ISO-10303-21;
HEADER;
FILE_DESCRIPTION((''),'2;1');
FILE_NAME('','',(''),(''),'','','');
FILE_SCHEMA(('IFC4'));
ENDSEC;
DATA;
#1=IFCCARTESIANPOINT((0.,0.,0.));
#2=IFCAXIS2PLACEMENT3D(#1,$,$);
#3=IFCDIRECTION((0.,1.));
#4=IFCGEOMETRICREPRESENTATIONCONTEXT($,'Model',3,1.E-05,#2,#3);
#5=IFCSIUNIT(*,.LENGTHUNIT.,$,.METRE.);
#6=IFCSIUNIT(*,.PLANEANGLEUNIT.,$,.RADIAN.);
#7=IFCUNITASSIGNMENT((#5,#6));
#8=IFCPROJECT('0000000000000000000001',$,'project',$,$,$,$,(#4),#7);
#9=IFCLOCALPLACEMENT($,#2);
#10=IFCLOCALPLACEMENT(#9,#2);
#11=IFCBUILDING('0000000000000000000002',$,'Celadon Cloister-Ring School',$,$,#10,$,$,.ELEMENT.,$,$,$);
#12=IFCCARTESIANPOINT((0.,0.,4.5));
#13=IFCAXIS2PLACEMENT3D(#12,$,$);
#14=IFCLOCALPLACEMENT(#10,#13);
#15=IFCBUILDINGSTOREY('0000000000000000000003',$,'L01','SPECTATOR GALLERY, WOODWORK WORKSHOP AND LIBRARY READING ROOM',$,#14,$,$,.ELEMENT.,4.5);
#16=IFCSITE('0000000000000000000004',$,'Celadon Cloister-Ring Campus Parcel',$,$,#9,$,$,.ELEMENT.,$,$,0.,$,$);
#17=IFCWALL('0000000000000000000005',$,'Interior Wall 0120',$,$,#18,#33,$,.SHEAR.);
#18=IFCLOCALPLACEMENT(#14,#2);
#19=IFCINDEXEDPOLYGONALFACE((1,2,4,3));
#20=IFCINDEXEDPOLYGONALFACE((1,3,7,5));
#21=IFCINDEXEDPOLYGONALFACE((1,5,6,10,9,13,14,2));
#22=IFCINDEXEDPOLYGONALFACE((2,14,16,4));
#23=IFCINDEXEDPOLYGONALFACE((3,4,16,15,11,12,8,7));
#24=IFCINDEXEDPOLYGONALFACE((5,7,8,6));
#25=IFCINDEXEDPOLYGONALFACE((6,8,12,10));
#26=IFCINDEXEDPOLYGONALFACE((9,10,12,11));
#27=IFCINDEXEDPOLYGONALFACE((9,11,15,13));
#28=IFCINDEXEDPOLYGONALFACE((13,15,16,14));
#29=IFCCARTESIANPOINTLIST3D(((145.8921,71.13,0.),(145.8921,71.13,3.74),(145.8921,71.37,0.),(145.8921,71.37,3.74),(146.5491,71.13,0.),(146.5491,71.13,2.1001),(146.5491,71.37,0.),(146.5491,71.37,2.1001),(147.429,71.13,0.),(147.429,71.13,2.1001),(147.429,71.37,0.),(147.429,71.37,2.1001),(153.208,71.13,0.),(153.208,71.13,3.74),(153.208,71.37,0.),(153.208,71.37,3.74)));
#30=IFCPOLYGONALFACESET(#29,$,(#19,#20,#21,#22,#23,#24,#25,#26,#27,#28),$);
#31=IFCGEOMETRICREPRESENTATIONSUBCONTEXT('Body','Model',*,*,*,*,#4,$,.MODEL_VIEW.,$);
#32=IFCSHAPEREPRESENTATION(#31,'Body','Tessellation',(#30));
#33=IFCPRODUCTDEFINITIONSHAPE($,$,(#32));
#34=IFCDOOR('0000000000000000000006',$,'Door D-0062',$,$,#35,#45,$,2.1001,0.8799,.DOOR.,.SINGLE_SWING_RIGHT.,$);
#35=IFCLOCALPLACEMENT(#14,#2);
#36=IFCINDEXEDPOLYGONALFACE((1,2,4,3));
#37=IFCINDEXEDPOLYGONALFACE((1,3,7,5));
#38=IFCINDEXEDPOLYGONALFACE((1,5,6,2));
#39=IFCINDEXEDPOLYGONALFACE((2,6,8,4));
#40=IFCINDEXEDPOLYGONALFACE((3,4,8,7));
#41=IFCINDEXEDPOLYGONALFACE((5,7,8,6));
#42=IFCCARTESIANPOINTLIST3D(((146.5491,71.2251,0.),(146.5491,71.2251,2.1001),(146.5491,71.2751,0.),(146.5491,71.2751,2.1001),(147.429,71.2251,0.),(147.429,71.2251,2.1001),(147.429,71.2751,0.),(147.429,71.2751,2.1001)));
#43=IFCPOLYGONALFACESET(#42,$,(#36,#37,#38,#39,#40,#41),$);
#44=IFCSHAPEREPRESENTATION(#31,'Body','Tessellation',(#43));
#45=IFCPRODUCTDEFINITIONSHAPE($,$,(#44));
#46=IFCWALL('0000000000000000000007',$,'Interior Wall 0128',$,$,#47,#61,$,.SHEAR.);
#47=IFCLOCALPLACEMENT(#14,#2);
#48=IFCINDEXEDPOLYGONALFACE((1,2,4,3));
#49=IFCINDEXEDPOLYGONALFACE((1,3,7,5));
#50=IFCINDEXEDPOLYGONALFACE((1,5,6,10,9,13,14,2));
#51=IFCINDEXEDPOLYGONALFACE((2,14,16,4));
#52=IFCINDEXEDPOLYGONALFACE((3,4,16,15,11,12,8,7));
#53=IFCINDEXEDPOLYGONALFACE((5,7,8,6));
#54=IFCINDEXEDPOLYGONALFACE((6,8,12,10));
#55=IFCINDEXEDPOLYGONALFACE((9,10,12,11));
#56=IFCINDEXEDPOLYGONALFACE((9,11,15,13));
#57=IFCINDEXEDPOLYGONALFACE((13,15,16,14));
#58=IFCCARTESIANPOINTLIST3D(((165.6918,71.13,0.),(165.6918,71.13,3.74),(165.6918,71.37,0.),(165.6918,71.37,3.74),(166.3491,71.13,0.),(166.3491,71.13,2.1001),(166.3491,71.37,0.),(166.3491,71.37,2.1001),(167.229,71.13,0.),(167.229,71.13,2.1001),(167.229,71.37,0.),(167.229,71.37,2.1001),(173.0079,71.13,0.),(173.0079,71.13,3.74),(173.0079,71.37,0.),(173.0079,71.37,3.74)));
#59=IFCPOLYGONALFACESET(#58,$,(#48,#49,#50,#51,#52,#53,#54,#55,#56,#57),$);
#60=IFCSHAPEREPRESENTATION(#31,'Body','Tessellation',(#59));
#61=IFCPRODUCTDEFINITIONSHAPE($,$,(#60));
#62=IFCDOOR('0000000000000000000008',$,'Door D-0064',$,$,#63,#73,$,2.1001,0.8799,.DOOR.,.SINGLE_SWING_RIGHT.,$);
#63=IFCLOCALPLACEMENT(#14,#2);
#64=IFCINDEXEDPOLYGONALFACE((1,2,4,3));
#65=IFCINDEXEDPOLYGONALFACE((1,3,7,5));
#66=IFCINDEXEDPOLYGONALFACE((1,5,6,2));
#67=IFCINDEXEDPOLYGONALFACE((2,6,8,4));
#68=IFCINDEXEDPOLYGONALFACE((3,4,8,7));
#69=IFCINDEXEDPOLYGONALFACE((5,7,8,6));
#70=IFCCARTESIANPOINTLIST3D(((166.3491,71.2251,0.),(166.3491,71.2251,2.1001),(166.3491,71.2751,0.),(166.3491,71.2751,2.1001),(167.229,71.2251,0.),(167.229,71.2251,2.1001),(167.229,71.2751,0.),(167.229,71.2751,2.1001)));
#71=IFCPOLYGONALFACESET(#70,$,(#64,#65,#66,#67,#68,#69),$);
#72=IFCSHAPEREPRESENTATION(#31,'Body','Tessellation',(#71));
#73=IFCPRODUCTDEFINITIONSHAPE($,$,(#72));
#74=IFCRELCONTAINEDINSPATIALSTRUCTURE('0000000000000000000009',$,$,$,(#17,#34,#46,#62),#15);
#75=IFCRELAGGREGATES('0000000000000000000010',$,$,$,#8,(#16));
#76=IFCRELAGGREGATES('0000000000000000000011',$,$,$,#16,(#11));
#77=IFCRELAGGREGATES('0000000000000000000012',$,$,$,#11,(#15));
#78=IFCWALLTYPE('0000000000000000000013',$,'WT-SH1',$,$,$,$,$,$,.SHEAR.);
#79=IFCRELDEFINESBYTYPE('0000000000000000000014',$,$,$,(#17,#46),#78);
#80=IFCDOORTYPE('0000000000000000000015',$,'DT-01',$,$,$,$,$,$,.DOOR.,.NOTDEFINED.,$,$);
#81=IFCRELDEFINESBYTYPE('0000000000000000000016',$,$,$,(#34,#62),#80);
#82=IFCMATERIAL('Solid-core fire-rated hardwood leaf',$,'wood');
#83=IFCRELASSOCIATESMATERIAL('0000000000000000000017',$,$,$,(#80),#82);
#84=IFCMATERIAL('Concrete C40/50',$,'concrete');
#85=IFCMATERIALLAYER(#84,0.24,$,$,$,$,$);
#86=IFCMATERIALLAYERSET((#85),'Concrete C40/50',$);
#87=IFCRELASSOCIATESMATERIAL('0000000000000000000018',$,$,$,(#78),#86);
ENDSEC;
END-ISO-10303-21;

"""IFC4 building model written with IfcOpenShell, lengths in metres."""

from ifc_helpers import new_model, si_unit, direction, frame, frame_2d, origin, place, context, subcontext, project, spatial, rectangle, extrude, material, layer, layer_set, type_object, element, fill, save


model = new_model("IFC4")

# Units and contexts
model_context = context("Model", 3, precision=1e-05, world=origin(), true_north=direction((0.0, 1.0)))
body_context = subcontext(model_context, "Body", "Model", "MODEL_VIEW")
ifc_project = project(units=[si_unit("LENGTHUNIT", "METRE"), si_unit("PLANEANGLEUNIT", "RADIAN")], contexts=[model_context])

# Site, building, storey
site_placement = place(None, origin())
site = spatial("IfcSite", under=ifc_project, at=site_placement, Name="Celadon Cloister-Ring Campus Parcel", CompositionType="ELEMENT", RefElevation=0.0)
building_placement = place(site_placement, origin())
building = spatial("IfcBuilding", under=site, at=building_placement, Name="Celadon Cloister-Ring School", CompositionType="ELEMENT")
storey_placement = place(building_placement, frame((0.0, 0.0, 4.5)))
storey = spatial("IfcBuildingStorey", under=building, at=storey_placement, Name="L01", Description="SPECTATOR GALLERY, WOODWORK WORKSHOP AND LIBRARY READING ROOM", CompositionType="ELEMENT", Elevation=4.5)

# Shared definitions
ifc_material_1 = material(Name="Solid-core fire-rated hardwood leaf", Category="wood")
door_type_1 = type_object("IfcDoorType", Name="DT-01", OperationType="NOTDEFINED", PredefinedType="DOOR", material=ifc_material_1)

# Walls, openings, doors
ifc_material_2 = material(Name="Concrete C40/50", Category="concrete")
ifc_layer_1 = layer(ifc_material_2, 0.24)
ifc_layer_set_1 = layer_set([ifc_layer_1], Name="Concrete C40/50")
wall_type_1 = type_object("IfcWallType", Name="WT-SH1", PredefinedType="SHEAR", material=ifc_layer_set_1)
wall_1_placement = place(storey_placement, frame((153.208, 71.25, 0.0), z_axis=(0.0, 0.0, 1.0), x_axis=(-1.0, 0.0, 0.0)))
wall_1 = element("IfcWall", 1, at=wall_1_placement, inside=storey, type_object=wall_type_1, Name="Interior Wall 0120", PredefinedType="SHEAR", context=body_context, shape_type="SweptSolid", body=[
    extrude(rectangle(XDim=7.3159, YDim=0.24, at=frame_2d((3.658, 0.0))), origin(), (0.0, 0.0, 1.0), 3.74),
])
opening_1_placement = place(wall_1_placement, frame((5.7791, 0.0, 0.0)))
opening_1 = element("IfcOpeningElement", 2, at=opening_1_placement, cuts=wall_1, PredefinedType="OPENING", context=body_context, shape_type="SweptSolid", body=[
    extrude(rectangle(XDim=0.8799, YDim=2.1001, at=frame_2d((0.4399, 1.05))), frame((0.0, 0.1299, 0.0), z_axis=(0.0, -1.0, 0.0), x_axis=(1.0, 0.0, 0.0)), (0.0, 0.0, 1.0), 0.26),
])
door_1_placement = place(opening_1_placement, origin())
door_1 = element("IfcDoor", 3, at=door_1_placement, inside=storey, type_object=door_type_1, Name="Door D-0062", OperationType="SINGLE_SWING_RIGHT", OverallHeight=2.1001, OverallWidth=0.8799, PredefinedType="DOOR", context=body_context, shape_type="SweptSolid", body=[
    extrude(rectangle(XDim=0.8799, YDim=2.1001, at=frame_2d((0.4399, 1.05))), frame((0.0, 0.0249, 0.0), z_axis=(0.0, -1.0, 0.0), x_axis=(1.0, 0.0, 0.0)), (0.0, 0.0, 1.0), 0.05),
])
fill(opening_1, door_1)
wall_2_placement = place(storey_placement, frame((173.0081, 71.25, 0.0), z_axis=(0.0, 0.0, 1.0), x_axis=(-1.0, 0.0, 0.0)))
wall_2 = element("IfcWall", 4, at=wall_2_placement, inside=storey, type_object=wall_type_1, Name="Interior Wall 0128", PredefinedType="SHEAR", context=body_context, shape_type="SweptSolid", body=[
    extrude(rectangle(XDim=7.3162, YDim=0.24, at=frame_2d((3.6582, 0.0))), origin(), (0.0, 0.0, 1.0), 3.74),
])
opening_2_placement = place(wall_2_placement, frame((5.7791, 0.0, 0.0)))
opening_2 = element("IfcOpeningElement", 5, at=opening_2_placement, cuts=wall_2, PredefinedType="OPENING", context=body_context, shape_type="SweptSolid", body=[
    extrude(rectangle(XDim=0.8799, YDim=2.1001, at=frame_2d((0.4399, 1.05))), frame((0.0, 0.1299, 0.0), z_axis=(0.0, -1.0, 0.0), x_axis=(1.0, 0.0, 0.0)), (0.0, 0.0, 1.0), 0.26),
])
door_2_placement = place(opening_2_placement, origin())
door_2 = element("IfcDoor", 6, at=door_2_placement, inside=storey, type_object=door_type_1, Name="Door D-0064", OperationType="SINGLE_SWING_RIGHT", OverallHeight=2.1001, OverallWidth=0.8799, PredefinedType="DOOR", context=body_context, shape_type="SweptSolid", body=[
    extrude(rectangle(XDim=0.8799, YDim=2.1001, at=frame_2d((0.4399, 1.05))), frame((0.0, 0.0249, 0.0), z_axis=(0.0, -1.0, 0.0), x_axis=(1.0, 0.0, 0.0)), (0.0, 0.0, 1.0), 0.05),
])
fill(opening_2, door_2)

save(model, "model.ifc")
